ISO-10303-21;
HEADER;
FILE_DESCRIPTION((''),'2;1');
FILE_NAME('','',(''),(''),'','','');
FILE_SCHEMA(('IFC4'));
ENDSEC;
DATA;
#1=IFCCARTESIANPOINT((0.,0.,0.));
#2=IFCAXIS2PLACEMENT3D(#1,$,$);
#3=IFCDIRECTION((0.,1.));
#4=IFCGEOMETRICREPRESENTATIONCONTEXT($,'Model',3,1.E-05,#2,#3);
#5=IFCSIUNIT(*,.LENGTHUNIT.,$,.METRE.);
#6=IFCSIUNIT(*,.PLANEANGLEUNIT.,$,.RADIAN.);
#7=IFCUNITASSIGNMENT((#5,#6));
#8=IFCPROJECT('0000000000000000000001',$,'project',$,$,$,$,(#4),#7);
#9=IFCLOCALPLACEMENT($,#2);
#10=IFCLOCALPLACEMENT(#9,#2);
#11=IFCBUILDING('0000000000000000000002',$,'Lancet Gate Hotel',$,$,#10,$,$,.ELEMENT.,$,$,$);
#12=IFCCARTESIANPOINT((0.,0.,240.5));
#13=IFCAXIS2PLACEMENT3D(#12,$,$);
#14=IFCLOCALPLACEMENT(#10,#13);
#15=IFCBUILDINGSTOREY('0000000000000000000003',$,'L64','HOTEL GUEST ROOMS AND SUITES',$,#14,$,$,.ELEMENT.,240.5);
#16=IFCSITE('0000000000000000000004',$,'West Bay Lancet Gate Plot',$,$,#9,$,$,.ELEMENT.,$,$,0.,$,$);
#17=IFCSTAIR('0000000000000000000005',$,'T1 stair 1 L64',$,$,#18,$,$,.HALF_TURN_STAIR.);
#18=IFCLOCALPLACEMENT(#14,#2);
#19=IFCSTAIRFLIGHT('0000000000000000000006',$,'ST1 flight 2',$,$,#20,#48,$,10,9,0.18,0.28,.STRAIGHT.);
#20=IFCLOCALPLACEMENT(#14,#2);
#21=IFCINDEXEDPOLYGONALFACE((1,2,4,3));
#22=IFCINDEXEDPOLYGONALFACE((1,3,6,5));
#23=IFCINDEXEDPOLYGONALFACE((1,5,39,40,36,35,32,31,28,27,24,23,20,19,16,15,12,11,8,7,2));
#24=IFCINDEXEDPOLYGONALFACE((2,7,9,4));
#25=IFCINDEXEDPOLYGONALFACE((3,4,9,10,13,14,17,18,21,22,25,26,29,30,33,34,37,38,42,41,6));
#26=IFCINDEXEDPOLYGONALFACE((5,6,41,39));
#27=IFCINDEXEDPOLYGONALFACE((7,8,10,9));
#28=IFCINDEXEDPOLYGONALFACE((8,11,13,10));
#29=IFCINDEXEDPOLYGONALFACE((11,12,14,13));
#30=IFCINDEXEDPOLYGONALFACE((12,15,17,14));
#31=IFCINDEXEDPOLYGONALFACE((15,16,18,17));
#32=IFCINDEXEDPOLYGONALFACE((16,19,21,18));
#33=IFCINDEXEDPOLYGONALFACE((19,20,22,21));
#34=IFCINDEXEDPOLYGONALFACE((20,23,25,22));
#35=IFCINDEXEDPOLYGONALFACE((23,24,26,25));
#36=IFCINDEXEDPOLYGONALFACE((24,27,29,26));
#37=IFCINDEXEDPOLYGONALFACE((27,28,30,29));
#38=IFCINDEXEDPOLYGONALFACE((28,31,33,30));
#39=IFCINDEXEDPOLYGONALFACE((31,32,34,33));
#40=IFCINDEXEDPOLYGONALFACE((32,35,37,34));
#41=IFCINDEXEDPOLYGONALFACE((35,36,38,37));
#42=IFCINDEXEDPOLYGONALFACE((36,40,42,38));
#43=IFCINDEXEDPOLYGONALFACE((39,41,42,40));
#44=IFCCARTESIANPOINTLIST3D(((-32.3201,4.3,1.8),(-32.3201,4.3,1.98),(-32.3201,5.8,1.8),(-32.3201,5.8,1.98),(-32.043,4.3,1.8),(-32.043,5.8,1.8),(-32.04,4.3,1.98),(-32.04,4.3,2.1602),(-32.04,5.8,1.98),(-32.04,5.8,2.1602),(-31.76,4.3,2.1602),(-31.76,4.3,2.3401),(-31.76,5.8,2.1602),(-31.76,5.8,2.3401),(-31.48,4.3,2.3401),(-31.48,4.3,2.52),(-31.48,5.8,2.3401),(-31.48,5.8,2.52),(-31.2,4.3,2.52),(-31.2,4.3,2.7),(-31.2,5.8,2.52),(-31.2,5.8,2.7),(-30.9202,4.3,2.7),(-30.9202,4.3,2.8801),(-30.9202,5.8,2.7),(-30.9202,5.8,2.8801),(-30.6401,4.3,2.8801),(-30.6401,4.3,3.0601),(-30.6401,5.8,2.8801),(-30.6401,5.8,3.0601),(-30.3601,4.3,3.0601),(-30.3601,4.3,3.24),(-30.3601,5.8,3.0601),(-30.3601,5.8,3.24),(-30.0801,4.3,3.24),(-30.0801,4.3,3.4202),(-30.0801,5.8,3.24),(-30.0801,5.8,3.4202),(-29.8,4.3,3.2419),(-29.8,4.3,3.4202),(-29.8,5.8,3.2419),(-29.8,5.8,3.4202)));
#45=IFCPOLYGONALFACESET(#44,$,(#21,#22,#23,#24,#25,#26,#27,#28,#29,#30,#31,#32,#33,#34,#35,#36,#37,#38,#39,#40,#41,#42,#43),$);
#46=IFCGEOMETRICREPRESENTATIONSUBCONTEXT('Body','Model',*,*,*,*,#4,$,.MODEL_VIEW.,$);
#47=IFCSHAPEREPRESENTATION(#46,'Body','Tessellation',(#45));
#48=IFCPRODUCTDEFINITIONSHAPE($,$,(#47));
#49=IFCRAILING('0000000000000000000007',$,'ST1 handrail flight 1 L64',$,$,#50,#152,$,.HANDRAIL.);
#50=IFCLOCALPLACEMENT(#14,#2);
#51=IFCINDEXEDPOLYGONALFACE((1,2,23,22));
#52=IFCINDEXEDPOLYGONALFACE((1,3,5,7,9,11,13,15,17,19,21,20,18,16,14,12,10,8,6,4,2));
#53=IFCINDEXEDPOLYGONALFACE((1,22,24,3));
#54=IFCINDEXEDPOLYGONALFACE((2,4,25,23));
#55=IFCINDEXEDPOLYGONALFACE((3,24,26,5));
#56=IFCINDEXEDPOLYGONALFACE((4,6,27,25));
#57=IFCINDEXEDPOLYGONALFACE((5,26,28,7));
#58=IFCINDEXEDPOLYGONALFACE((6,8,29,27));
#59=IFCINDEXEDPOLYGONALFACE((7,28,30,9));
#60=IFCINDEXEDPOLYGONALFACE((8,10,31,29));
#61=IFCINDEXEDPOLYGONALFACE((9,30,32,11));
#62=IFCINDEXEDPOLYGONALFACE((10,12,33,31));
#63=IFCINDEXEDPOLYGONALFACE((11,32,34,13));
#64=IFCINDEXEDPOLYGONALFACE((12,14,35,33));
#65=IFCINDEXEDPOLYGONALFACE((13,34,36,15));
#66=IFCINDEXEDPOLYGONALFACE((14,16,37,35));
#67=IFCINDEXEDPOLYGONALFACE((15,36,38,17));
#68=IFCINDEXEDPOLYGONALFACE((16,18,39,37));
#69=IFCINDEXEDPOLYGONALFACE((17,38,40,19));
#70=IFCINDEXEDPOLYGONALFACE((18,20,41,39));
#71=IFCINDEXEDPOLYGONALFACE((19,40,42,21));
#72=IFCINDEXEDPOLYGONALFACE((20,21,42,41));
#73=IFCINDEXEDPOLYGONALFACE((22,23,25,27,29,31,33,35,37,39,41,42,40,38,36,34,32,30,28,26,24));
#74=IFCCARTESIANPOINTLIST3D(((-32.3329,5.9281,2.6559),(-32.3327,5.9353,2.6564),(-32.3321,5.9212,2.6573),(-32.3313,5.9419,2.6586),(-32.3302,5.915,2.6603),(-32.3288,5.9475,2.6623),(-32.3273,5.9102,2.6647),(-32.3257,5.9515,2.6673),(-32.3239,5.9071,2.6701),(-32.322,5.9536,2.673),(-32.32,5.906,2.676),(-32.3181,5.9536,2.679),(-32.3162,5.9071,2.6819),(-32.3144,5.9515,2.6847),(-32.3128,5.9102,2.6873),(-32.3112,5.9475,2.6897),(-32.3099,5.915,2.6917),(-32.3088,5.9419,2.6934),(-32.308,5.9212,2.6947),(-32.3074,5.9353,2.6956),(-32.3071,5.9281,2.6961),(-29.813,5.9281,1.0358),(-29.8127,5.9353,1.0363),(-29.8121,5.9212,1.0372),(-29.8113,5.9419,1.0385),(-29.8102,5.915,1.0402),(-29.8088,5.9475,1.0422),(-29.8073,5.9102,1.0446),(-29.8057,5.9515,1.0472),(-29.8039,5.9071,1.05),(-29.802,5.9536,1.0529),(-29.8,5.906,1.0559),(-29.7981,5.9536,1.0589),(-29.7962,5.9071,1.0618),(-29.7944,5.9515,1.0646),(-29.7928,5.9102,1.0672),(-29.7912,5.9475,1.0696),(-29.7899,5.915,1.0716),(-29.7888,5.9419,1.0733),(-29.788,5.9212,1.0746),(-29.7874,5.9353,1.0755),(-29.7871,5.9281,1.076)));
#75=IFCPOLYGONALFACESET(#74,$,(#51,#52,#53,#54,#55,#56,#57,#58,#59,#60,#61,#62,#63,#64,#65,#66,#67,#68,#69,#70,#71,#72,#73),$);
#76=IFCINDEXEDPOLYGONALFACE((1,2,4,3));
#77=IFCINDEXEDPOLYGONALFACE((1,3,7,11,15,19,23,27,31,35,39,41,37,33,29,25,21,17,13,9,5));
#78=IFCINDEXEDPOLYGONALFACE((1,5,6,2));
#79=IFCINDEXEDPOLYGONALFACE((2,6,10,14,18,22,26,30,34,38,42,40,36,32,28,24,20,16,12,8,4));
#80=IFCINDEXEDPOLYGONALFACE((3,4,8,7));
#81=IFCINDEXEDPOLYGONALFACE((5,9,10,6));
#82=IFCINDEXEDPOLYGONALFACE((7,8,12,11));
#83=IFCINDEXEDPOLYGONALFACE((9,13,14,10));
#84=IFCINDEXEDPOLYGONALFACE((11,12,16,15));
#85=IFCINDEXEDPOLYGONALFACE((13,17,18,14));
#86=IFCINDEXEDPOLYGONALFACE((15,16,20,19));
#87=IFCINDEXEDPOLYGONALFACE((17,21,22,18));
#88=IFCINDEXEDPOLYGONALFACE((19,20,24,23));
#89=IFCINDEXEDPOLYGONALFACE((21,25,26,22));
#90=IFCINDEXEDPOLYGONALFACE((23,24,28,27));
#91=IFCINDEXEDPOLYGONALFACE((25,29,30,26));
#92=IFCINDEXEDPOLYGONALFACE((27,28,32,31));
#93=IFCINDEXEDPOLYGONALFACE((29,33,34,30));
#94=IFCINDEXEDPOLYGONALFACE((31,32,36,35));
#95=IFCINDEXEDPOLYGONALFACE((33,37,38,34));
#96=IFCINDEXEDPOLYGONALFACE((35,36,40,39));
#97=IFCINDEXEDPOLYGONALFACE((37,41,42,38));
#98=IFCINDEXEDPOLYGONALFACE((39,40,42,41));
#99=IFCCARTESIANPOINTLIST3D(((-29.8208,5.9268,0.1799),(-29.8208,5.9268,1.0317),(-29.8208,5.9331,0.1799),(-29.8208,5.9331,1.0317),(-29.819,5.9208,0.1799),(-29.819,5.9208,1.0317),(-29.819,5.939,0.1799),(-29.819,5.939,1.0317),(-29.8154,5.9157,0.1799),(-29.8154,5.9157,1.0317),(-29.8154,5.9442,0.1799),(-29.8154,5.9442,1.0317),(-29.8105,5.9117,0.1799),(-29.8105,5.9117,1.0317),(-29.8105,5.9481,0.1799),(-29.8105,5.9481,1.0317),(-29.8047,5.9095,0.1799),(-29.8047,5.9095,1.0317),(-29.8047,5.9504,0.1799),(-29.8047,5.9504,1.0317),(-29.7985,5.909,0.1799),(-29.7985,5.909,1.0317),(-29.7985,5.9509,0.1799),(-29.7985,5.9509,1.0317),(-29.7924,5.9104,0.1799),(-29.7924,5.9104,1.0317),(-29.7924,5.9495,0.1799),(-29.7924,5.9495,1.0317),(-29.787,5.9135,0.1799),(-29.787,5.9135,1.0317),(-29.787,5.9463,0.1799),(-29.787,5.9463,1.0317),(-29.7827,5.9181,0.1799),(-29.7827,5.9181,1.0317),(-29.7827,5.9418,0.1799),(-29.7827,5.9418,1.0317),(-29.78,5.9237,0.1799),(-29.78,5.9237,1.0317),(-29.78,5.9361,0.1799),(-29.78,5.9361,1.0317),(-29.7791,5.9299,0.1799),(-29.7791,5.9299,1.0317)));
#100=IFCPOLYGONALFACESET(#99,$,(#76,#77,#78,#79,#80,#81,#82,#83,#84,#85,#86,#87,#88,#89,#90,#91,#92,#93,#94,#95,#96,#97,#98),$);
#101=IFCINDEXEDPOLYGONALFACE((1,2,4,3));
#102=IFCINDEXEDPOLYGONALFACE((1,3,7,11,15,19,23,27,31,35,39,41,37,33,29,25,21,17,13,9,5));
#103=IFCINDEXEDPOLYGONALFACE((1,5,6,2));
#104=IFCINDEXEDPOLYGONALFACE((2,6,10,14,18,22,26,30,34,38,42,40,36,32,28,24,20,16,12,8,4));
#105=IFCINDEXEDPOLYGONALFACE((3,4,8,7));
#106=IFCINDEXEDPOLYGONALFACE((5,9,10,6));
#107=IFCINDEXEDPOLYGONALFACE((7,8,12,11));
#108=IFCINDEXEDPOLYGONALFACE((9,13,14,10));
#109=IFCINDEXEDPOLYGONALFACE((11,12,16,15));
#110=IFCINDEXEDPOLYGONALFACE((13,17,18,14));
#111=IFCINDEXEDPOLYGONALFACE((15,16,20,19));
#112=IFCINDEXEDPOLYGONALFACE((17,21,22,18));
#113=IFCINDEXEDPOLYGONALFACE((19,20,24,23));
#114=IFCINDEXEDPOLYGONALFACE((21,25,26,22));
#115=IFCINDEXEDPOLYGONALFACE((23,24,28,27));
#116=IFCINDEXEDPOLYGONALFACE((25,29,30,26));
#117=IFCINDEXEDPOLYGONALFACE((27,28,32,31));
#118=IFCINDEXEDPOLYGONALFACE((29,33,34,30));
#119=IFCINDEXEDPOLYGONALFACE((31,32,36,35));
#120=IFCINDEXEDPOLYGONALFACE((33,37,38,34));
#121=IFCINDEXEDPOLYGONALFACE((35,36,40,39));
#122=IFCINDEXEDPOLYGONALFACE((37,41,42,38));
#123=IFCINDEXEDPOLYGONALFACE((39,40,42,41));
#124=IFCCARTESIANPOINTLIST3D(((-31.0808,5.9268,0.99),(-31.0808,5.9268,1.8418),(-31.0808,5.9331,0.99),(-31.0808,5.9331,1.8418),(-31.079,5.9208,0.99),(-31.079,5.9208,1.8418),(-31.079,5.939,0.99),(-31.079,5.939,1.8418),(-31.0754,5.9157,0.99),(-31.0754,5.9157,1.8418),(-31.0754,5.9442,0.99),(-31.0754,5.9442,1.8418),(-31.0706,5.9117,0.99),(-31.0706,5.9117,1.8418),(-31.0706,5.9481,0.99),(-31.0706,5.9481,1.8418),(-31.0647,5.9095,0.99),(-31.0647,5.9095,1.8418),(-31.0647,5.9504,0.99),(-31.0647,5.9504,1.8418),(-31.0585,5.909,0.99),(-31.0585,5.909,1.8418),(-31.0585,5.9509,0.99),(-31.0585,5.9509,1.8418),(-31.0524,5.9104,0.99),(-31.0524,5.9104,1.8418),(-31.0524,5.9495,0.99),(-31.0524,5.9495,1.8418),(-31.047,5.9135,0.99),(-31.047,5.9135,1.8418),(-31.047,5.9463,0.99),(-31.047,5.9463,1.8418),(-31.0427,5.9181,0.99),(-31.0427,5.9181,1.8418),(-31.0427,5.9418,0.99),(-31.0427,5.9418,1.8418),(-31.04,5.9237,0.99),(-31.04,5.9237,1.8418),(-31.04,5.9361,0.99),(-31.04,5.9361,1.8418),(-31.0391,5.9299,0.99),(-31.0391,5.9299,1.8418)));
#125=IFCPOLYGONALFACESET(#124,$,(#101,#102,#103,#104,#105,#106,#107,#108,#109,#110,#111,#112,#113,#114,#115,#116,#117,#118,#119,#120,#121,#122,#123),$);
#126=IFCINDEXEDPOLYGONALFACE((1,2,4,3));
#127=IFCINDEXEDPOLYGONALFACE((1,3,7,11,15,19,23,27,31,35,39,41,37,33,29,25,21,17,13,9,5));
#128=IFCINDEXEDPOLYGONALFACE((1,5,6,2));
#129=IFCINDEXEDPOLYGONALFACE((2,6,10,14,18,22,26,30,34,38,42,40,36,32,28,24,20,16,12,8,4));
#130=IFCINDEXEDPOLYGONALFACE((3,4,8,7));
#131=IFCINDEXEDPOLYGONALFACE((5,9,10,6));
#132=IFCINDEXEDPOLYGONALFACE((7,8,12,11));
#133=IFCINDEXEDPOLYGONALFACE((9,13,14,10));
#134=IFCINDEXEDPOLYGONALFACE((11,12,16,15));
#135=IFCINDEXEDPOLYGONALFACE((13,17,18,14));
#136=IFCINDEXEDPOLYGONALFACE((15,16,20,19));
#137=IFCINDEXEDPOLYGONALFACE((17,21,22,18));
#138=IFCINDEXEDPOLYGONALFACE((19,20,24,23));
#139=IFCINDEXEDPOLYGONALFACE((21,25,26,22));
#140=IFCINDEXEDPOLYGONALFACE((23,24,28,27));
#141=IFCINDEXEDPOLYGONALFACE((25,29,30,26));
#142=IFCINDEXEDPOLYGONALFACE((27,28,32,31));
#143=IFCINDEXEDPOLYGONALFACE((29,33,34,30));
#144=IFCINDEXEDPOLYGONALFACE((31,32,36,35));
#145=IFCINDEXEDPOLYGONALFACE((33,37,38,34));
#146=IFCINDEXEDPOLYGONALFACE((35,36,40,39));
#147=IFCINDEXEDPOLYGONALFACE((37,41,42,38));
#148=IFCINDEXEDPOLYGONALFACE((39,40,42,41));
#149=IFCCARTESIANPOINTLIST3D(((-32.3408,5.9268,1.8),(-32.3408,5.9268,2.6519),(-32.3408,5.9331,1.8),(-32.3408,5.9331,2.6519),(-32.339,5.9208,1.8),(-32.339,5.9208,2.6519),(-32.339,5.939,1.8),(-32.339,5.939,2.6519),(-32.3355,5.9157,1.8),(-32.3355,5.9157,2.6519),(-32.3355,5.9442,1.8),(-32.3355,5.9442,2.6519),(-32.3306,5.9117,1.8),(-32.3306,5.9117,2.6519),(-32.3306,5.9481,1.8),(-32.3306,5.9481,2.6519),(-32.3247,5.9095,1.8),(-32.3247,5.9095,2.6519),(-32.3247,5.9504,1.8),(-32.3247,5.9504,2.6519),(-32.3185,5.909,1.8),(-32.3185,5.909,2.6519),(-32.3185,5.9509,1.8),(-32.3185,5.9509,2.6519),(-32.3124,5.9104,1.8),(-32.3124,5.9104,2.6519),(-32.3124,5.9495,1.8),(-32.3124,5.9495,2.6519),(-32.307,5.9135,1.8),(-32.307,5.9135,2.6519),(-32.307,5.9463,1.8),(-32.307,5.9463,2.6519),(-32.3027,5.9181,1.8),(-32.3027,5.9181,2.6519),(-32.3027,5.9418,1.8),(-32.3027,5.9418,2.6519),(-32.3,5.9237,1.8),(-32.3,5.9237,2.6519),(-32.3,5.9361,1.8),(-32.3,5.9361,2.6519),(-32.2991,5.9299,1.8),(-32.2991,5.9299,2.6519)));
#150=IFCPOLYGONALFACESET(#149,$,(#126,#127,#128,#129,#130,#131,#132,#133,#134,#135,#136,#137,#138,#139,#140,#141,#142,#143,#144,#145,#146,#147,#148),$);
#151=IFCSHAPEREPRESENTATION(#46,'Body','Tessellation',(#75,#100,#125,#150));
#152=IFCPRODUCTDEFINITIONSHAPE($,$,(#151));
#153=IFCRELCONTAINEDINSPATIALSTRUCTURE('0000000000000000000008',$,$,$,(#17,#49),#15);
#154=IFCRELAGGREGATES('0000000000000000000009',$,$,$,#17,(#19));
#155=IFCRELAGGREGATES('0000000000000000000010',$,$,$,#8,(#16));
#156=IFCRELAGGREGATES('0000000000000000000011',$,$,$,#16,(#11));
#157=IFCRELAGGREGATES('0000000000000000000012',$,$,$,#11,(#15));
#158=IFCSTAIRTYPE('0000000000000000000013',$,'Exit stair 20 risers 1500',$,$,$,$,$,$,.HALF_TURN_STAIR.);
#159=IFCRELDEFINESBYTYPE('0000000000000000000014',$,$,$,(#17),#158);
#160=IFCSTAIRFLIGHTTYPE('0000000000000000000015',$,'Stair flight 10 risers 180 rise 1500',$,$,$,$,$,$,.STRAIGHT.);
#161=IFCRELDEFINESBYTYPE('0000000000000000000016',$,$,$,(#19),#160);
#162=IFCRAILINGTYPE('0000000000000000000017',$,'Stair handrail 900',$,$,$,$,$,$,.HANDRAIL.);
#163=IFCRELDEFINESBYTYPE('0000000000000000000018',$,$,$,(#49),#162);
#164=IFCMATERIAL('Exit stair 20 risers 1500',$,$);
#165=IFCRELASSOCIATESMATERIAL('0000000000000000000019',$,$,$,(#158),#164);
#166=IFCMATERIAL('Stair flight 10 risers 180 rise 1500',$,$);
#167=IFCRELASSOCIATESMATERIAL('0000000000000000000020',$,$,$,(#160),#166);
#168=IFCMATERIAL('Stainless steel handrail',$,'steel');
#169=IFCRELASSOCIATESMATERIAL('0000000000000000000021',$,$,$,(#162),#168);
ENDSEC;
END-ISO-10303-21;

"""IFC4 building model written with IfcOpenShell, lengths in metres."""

from ifc_helpers import new_model, si_unit, direction, frame, origin, origin_2d, place, context, subcontext, project, spatial, polyline, circle, outline, extrude, material, type_object, element, aggregate, save


model = new_model("IFC4")

# Units and contexts
model_context = context("Model", 3, precision=1e-05, world=origin(), true_north=direction((0.0, 1.0)))
body_context = subcontext(model_context, "Body", "Model", "MODEL_VIEW")
ifc_project = project(units=[si_unit("LENGTHUNIT", "METRE"), si_unit("PLANEANGLEUNIT", "RADIAN")], contexts=[model_context])

# Site, building, storey
site_placement = place(None, origin())
site = spatial("IfcSite", under=ifc_project, at=site_placement, Name="West Bay Lancet Gate Plot", CompositionType="ELEMENT", RefElevation=0.0)
building_placement = place(site_placement, origin())
building = spatial("IfcBuilding", under=site, at=building_placement, Name="Lancet Gate Hotel", CompositionType="ELEMENT")
storey_placement = place(building_placement, frame((0.0, 0.0, 240.5)))
storey = spatial("IfcBuildingStorey", under=building, at=storey_placement, Name="L64", Description="HOTEL GUEST ROOMS AND SUITES", CompositionType="ELEMENT", Elevation=240.5)

# Stair, stair flight
ifc_material_1 = material(Name="Exit stair 20 risers 1500")
stair_type = type_object("IfcStairType", Name="Exit stair 20 risers 1500", PredefinedType="HALF_TURN_STAIR", material=ifc_material_1)
stair_placement = place(storey_placement, origin())
stair = element("IfcStair", 1, at=stair_placement, inside=storey, type_object=stair_type, Name="T1 stair 1 L64", PredefinedType="HALF_TURN_STAIR")
ifc_material_2 = material(Name="Stair flight 10 risers 180 rise 1500")
stair_flight_type = type_object("IfcStairFlightType", Name="Stair flight 10 risers 180 rise 1500", PredefinedType="STRAIGHT", material=ifc_material_2)
stair_flight_1_placement = place(storey_placement, frame((-32.3201, 5.05, 1.8), z_axis=(0.0, 0.0, 1.0), x_axis=(1.0, 0.0, 0.0)))
stair_flight_1 = element("IfcStairFlight", 2, at=stair_flight_1_placement, type_object=stair_flight_type, Name="ST1 flight 2", NumberOfRisers=10, NumberOfTreads=9, PredefinedType="STRAIGHT", RiserHeight=0.18, TreadLength=0.28, context=body_context, shape_type="SweptSolid", body=[
    extrude(outline(polyline([(0.0, 0.0), (0.0, 0.1799), (0.28, 0.1799), (0.28, 0.3601), (0.5601, 0.3601), (0.5601, 0.54), (0.8401, 0.54), (0.8401, 0.72), (1.1201, 0.72), (1.1201, 0.8999), (1.3999, 0.8999), (1.3999, 1.0801), (1.6799, 1.0801), (1.6799, 1.26), (1.96, 1.26), (1.96, 1.4399), (2.24, 1.4399), (2.24, 1.6201), (2.52, 1.6201), (2.52, 1.8), (2.52, 1.4419), (0.2771, 0.0), (0.0, 0.0)])), frame((0.0, 0.75, 0.0), z_axis=(0.0, -1.0, 0.0), x_axis=(1.0, 0.0, 0.0)), (0.0, 0.0, 1.0), 1.5),
])
aggregate(stair, [stair_flight_1])

# Railing
ifc_material_3 = material(Name="Stainless steel handrail", Category="steel")
railing_type = type_object("IfcRailingType", Name="Stair handrail 900", PredefinedType="HANDRAIL", material=ifc_material_3)
railing_1_placement = place(storey_placement, frame((-29.8, 5.9299, 0.1799)))
element("IfcRailing", 3, at=railing_1_placement, inside=storey, type_object=railing_type, Name="ST1 handrail flight 1 L64", PredefinedType="HANDRAIL", context=body_context, shape_type="SweptSolid", body=[
    extrude(circle(Radius=0.0239, at=origin_2d()), frame((0.0, 0.0, 0.876), z_axis=(-0.841163, 0.0, 0.540782), x_axis=(0.0, -1.0, 0.0)), (0.0, 0.0, 1.0), 2.9958),
    extrude(circle(Radius=0.021, at=origin_2d()), origin(), (0.0, 0.0, 1.0), 0.8518),
    extrude(circle(Radius=0.021, at=origin_2d()), frame((-1.26, 0.0, 0.8101)), (0.0, 0.0, 1.0), 0.8518),
    extrude(circle(Radius=0.021, at=origin_2d()), frame((-2.52, 0.0, 1.6201)), (0.0, 0.0, 1.0), 0.8518),
])

save(model, "model.ifc")
